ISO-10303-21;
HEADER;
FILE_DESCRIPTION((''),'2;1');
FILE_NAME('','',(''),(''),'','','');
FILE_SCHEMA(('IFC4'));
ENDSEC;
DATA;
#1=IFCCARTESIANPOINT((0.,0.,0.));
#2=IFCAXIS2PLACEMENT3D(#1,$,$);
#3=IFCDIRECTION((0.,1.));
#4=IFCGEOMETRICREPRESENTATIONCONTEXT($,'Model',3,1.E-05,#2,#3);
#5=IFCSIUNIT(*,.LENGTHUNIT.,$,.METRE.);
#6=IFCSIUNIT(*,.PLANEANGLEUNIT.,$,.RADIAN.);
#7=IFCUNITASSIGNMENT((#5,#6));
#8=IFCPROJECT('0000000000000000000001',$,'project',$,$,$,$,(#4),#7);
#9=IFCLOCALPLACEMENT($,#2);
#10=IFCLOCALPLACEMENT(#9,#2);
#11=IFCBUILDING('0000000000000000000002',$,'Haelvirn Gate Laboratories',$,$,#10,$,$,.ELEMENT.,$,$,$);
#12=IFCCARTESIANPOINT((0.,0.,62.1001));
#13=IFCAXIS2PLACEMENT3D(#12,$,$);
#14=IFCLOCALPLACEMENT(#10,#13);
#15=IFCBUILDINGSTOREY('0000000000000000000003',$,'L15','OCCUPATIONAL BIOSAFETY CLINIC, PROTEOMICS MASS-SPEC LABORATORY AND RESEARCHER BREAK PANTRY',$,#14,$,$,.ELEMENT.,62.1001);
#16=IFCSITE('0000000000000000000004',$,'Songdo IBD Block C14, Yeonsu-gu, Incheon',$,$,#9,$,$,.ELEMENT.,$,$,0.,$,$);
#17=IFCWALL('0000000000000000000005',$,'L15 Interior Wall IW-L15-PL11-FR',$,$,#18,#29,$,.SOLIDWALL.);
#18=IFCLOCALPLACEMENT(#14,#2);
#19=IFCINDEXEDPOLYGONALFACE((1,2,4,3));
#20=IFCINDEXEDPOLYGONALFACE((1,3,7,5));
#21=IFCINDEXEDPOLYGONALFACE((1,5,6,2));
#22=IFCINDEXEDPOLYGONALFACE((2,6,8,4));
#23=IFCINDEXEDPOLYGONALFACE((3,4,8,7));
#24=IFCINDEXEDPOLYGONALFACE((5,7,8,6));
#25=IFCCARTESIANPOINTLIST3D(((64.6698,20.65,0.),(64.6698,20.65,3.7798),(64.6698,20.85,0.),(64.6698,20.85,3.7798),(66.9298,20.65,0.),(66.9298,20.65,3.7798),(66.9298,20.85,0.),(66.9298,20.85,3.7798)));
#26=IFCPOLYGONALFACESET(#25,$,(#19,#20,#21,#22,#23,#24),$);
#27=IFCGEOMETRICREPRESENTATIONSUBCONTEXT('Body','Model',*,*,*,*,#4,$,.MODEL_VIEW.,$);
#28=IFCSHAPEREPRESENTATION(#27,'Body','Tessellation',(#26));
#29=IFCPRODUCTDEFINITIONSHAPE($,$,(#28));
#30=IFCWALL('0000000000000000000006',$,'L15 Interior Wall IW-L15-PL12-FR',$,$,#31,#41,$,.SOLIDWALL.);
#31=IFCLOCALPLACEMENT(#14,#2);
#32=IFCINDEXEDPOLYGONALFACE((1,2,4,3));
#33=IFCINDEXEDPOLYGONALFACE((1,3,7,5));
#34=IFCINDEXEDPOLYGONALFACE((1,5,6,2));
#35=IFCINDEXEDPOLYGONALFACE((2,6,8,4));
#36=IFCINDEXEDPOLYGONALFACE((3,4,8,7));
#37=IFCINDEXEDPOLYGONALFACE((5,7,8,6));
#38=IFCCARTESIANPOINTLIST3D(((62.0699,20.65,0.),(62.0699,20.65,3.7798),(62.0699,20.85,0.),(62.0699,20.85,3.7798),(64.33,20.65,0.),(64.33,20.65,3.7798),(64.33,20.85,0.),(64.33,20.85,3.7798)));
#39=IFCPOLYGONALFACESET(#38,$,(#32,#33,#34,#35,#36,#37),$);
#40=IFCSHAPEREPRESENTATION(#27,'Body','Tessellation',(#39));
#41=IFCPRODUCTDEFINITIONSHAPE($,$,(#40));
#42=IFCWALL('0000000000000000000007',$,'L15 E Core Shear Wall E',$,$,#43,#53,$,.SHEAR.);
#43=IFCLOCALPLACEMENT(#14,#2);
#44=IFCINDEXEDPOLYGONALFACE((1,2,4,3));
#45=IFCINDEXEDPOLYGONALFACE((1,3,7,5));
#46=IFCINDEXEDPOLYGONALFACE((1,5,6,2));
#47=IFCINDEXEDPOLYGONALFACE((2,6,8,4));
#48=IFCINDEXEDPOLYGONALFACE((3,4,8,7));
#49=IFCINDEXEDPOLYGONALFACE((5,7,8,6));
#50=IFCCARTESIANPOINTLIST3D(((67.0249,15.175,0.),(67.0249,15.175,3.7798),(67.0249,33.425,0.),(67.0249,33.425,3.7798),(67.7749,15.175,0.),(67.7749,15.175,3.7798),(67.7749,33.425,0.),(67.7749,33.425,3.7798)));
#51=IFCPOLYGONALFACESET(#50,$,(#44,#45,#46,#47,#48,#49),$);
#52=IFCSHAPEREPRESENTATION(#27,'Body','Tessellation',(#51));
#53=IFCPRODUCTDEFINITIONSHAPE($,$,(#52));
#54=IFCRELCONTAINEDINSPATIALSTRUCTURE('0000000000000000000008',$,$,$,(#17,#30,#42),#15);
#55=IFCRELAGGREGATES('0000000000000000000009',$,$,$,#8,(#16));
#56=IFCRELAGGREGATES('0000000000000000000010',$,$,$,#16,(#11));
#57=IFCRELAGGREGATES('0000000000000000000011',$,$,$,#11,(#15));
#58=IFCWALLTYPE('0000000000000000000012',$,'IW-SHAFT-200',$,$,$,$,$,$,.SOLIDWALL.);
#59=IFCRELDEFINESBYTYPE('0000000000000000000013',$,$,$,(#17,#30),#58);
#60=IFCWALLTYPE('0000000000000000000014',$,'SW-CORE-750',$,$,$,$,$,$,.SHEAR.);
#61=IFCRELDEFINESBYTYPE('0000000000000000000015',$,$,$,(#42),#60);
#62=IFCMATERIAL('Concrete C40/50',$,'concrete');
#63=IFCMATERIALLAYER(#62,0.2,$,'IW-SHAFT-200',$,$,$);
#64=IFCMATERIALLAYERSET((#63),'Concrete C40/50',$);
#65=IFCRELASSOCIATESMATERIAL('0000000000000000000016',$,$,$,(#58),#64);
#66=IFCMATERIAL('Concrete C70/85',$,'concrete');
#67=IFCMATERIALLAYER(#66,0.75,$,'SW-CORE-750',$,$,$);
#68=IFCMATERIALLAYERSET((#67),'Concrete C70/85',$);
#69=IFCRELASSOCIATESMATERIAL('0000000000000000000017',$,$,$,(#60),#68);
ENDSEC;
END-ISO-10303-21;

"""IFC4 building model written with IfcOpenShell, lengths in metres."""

from ifc_helpers import new_model, si_unit, direction, frame, frame_2d, origin, place, context, subcontext, project, spatial, rectangle, extrude, material, layer, layer_set, type_object, element, save


model = new_model("IFC4")

# Units and contexts
model_context = context("Model", 3, precision=1e-05, world=origin(), true_north=direction((0.0, 1.0)))
body_context = subcontext(model_context, "Body", "Model", "MODEL_VIEW")
ifc_project = project(units=[si_unit("LENGTHUNIT", "METRE"), si_unit("PLANEANGLEUNIT", "RADIAN")], contexts=[model_context])

# Site, building, storey
site_placement = place(None, origin())
site = spatial("IfcSite", under=ifc_project, at=site_placement, Name="Songdo IBD Block C14, Yeonsu-gu, Incheon", CompositionType="ELEMENT", RefElevation=0.0)
building_placement = place(site_placement, origin())
building = spatial("IfcBuilding", under=site, at=building_placement, Name="Haelvirn Gate Laboratories", CompositionType="ELEMENT")
storey_placement = place(building_placement, frame((0.0, 0.0, 62.1001)))
storey = spatial("IfcBuildingStorey", under=building, at=storey_placement, Name="L15", Description="OCCUPATIONAL BIOSAFETY CLINIC, PROTEOMICS MASS-SPEC LABORATORY AND RESEARCHER BREAK PANTRY", CompositionType="ELEMENT", Elevation=62.1001)

# Shared definitions
ifc_material_1 = material(Name="Concrete C70/85", Category="concrete")

# Shared definitions
ifc_material_2 = material(Name="Concrete C40/50", Category="concrete")

# Shared definitions
ifc_layer_1 = layer(ifc_material_2, 0.2, Name="IW-SHAFT-200")
ifc_layer_set_1 = layer_set([ifc_layer_1], Name="Concrete C40/50")
wall_type_1 = type_object("IfcWallType", Name="IW-SHAFT-200", PredefinedType="SOLIDWALL", material=ifc_layer_set_1)

# Walls
for number, where, z_axis, x_axis, name in (
    (1, (64.6699, 20.75, 0.0), (0.0, 0.0, 1.0), (1.0, 0.0, 0.0), "L15 Interior Wall IW-L15-PL11-FR"),
    (2, (62.0701, 20.75, 0.0), (0.0, 0.0, 1.0), (1.0, 0.0, 0.0), "L15 Interior Wall IW-L15-PL12-FR"),
):
    element("IfcWall", number, at=place(storey_placement, frame(where, z_axis=z_axis, x_axis=x_axis)), inside=storey, type_object=wall_type_1, Name=name, PredefinedType="SOLIDWALL", context=body_context, shape_type="SweptSolid", body=[
        extrude(rectangle(XDim=2.26, YDim=0.2, at=frame_2d((1.1299, 0.0))), origin(), (0.0, 0.0, 1.0), 3.7798),
    ])
ifc_layer_2 = layer(ifc_material_1, 0.75, Name="SW-CORE-750")
ifc_layer_set_2 = layer_set([ifc_layer_2], Name="Concrete C70/85")
wall_type_2 = type_object("IfcWallType", Name="SW-CORE-750", PredefinedType="SHEAR", material=ifc_layer_set_2)
wall_1_placement = place(storey_placement, frame((67.3999, 15.175, 0.0), z_axis=(0.0, 0.0, 1.0), x_axis=(0.0, 1.0, 0.0)))
element("IfcWall", 3, at=wall_1_placement, inside=storey, type_object=wall_type_2, Name="L15 E Core Shear Wall E", PredefinedType="SHEAR", context=body_context, shape_type="SweptSolid", body=[
    extrude(rectangle(XDim=18.25, YDim=0.75, at=frame_2d((9.125, 0.0))), origin(), (0.0, 0.0, 1.0), 3.7798),
])

save(model, "model.ifc")
